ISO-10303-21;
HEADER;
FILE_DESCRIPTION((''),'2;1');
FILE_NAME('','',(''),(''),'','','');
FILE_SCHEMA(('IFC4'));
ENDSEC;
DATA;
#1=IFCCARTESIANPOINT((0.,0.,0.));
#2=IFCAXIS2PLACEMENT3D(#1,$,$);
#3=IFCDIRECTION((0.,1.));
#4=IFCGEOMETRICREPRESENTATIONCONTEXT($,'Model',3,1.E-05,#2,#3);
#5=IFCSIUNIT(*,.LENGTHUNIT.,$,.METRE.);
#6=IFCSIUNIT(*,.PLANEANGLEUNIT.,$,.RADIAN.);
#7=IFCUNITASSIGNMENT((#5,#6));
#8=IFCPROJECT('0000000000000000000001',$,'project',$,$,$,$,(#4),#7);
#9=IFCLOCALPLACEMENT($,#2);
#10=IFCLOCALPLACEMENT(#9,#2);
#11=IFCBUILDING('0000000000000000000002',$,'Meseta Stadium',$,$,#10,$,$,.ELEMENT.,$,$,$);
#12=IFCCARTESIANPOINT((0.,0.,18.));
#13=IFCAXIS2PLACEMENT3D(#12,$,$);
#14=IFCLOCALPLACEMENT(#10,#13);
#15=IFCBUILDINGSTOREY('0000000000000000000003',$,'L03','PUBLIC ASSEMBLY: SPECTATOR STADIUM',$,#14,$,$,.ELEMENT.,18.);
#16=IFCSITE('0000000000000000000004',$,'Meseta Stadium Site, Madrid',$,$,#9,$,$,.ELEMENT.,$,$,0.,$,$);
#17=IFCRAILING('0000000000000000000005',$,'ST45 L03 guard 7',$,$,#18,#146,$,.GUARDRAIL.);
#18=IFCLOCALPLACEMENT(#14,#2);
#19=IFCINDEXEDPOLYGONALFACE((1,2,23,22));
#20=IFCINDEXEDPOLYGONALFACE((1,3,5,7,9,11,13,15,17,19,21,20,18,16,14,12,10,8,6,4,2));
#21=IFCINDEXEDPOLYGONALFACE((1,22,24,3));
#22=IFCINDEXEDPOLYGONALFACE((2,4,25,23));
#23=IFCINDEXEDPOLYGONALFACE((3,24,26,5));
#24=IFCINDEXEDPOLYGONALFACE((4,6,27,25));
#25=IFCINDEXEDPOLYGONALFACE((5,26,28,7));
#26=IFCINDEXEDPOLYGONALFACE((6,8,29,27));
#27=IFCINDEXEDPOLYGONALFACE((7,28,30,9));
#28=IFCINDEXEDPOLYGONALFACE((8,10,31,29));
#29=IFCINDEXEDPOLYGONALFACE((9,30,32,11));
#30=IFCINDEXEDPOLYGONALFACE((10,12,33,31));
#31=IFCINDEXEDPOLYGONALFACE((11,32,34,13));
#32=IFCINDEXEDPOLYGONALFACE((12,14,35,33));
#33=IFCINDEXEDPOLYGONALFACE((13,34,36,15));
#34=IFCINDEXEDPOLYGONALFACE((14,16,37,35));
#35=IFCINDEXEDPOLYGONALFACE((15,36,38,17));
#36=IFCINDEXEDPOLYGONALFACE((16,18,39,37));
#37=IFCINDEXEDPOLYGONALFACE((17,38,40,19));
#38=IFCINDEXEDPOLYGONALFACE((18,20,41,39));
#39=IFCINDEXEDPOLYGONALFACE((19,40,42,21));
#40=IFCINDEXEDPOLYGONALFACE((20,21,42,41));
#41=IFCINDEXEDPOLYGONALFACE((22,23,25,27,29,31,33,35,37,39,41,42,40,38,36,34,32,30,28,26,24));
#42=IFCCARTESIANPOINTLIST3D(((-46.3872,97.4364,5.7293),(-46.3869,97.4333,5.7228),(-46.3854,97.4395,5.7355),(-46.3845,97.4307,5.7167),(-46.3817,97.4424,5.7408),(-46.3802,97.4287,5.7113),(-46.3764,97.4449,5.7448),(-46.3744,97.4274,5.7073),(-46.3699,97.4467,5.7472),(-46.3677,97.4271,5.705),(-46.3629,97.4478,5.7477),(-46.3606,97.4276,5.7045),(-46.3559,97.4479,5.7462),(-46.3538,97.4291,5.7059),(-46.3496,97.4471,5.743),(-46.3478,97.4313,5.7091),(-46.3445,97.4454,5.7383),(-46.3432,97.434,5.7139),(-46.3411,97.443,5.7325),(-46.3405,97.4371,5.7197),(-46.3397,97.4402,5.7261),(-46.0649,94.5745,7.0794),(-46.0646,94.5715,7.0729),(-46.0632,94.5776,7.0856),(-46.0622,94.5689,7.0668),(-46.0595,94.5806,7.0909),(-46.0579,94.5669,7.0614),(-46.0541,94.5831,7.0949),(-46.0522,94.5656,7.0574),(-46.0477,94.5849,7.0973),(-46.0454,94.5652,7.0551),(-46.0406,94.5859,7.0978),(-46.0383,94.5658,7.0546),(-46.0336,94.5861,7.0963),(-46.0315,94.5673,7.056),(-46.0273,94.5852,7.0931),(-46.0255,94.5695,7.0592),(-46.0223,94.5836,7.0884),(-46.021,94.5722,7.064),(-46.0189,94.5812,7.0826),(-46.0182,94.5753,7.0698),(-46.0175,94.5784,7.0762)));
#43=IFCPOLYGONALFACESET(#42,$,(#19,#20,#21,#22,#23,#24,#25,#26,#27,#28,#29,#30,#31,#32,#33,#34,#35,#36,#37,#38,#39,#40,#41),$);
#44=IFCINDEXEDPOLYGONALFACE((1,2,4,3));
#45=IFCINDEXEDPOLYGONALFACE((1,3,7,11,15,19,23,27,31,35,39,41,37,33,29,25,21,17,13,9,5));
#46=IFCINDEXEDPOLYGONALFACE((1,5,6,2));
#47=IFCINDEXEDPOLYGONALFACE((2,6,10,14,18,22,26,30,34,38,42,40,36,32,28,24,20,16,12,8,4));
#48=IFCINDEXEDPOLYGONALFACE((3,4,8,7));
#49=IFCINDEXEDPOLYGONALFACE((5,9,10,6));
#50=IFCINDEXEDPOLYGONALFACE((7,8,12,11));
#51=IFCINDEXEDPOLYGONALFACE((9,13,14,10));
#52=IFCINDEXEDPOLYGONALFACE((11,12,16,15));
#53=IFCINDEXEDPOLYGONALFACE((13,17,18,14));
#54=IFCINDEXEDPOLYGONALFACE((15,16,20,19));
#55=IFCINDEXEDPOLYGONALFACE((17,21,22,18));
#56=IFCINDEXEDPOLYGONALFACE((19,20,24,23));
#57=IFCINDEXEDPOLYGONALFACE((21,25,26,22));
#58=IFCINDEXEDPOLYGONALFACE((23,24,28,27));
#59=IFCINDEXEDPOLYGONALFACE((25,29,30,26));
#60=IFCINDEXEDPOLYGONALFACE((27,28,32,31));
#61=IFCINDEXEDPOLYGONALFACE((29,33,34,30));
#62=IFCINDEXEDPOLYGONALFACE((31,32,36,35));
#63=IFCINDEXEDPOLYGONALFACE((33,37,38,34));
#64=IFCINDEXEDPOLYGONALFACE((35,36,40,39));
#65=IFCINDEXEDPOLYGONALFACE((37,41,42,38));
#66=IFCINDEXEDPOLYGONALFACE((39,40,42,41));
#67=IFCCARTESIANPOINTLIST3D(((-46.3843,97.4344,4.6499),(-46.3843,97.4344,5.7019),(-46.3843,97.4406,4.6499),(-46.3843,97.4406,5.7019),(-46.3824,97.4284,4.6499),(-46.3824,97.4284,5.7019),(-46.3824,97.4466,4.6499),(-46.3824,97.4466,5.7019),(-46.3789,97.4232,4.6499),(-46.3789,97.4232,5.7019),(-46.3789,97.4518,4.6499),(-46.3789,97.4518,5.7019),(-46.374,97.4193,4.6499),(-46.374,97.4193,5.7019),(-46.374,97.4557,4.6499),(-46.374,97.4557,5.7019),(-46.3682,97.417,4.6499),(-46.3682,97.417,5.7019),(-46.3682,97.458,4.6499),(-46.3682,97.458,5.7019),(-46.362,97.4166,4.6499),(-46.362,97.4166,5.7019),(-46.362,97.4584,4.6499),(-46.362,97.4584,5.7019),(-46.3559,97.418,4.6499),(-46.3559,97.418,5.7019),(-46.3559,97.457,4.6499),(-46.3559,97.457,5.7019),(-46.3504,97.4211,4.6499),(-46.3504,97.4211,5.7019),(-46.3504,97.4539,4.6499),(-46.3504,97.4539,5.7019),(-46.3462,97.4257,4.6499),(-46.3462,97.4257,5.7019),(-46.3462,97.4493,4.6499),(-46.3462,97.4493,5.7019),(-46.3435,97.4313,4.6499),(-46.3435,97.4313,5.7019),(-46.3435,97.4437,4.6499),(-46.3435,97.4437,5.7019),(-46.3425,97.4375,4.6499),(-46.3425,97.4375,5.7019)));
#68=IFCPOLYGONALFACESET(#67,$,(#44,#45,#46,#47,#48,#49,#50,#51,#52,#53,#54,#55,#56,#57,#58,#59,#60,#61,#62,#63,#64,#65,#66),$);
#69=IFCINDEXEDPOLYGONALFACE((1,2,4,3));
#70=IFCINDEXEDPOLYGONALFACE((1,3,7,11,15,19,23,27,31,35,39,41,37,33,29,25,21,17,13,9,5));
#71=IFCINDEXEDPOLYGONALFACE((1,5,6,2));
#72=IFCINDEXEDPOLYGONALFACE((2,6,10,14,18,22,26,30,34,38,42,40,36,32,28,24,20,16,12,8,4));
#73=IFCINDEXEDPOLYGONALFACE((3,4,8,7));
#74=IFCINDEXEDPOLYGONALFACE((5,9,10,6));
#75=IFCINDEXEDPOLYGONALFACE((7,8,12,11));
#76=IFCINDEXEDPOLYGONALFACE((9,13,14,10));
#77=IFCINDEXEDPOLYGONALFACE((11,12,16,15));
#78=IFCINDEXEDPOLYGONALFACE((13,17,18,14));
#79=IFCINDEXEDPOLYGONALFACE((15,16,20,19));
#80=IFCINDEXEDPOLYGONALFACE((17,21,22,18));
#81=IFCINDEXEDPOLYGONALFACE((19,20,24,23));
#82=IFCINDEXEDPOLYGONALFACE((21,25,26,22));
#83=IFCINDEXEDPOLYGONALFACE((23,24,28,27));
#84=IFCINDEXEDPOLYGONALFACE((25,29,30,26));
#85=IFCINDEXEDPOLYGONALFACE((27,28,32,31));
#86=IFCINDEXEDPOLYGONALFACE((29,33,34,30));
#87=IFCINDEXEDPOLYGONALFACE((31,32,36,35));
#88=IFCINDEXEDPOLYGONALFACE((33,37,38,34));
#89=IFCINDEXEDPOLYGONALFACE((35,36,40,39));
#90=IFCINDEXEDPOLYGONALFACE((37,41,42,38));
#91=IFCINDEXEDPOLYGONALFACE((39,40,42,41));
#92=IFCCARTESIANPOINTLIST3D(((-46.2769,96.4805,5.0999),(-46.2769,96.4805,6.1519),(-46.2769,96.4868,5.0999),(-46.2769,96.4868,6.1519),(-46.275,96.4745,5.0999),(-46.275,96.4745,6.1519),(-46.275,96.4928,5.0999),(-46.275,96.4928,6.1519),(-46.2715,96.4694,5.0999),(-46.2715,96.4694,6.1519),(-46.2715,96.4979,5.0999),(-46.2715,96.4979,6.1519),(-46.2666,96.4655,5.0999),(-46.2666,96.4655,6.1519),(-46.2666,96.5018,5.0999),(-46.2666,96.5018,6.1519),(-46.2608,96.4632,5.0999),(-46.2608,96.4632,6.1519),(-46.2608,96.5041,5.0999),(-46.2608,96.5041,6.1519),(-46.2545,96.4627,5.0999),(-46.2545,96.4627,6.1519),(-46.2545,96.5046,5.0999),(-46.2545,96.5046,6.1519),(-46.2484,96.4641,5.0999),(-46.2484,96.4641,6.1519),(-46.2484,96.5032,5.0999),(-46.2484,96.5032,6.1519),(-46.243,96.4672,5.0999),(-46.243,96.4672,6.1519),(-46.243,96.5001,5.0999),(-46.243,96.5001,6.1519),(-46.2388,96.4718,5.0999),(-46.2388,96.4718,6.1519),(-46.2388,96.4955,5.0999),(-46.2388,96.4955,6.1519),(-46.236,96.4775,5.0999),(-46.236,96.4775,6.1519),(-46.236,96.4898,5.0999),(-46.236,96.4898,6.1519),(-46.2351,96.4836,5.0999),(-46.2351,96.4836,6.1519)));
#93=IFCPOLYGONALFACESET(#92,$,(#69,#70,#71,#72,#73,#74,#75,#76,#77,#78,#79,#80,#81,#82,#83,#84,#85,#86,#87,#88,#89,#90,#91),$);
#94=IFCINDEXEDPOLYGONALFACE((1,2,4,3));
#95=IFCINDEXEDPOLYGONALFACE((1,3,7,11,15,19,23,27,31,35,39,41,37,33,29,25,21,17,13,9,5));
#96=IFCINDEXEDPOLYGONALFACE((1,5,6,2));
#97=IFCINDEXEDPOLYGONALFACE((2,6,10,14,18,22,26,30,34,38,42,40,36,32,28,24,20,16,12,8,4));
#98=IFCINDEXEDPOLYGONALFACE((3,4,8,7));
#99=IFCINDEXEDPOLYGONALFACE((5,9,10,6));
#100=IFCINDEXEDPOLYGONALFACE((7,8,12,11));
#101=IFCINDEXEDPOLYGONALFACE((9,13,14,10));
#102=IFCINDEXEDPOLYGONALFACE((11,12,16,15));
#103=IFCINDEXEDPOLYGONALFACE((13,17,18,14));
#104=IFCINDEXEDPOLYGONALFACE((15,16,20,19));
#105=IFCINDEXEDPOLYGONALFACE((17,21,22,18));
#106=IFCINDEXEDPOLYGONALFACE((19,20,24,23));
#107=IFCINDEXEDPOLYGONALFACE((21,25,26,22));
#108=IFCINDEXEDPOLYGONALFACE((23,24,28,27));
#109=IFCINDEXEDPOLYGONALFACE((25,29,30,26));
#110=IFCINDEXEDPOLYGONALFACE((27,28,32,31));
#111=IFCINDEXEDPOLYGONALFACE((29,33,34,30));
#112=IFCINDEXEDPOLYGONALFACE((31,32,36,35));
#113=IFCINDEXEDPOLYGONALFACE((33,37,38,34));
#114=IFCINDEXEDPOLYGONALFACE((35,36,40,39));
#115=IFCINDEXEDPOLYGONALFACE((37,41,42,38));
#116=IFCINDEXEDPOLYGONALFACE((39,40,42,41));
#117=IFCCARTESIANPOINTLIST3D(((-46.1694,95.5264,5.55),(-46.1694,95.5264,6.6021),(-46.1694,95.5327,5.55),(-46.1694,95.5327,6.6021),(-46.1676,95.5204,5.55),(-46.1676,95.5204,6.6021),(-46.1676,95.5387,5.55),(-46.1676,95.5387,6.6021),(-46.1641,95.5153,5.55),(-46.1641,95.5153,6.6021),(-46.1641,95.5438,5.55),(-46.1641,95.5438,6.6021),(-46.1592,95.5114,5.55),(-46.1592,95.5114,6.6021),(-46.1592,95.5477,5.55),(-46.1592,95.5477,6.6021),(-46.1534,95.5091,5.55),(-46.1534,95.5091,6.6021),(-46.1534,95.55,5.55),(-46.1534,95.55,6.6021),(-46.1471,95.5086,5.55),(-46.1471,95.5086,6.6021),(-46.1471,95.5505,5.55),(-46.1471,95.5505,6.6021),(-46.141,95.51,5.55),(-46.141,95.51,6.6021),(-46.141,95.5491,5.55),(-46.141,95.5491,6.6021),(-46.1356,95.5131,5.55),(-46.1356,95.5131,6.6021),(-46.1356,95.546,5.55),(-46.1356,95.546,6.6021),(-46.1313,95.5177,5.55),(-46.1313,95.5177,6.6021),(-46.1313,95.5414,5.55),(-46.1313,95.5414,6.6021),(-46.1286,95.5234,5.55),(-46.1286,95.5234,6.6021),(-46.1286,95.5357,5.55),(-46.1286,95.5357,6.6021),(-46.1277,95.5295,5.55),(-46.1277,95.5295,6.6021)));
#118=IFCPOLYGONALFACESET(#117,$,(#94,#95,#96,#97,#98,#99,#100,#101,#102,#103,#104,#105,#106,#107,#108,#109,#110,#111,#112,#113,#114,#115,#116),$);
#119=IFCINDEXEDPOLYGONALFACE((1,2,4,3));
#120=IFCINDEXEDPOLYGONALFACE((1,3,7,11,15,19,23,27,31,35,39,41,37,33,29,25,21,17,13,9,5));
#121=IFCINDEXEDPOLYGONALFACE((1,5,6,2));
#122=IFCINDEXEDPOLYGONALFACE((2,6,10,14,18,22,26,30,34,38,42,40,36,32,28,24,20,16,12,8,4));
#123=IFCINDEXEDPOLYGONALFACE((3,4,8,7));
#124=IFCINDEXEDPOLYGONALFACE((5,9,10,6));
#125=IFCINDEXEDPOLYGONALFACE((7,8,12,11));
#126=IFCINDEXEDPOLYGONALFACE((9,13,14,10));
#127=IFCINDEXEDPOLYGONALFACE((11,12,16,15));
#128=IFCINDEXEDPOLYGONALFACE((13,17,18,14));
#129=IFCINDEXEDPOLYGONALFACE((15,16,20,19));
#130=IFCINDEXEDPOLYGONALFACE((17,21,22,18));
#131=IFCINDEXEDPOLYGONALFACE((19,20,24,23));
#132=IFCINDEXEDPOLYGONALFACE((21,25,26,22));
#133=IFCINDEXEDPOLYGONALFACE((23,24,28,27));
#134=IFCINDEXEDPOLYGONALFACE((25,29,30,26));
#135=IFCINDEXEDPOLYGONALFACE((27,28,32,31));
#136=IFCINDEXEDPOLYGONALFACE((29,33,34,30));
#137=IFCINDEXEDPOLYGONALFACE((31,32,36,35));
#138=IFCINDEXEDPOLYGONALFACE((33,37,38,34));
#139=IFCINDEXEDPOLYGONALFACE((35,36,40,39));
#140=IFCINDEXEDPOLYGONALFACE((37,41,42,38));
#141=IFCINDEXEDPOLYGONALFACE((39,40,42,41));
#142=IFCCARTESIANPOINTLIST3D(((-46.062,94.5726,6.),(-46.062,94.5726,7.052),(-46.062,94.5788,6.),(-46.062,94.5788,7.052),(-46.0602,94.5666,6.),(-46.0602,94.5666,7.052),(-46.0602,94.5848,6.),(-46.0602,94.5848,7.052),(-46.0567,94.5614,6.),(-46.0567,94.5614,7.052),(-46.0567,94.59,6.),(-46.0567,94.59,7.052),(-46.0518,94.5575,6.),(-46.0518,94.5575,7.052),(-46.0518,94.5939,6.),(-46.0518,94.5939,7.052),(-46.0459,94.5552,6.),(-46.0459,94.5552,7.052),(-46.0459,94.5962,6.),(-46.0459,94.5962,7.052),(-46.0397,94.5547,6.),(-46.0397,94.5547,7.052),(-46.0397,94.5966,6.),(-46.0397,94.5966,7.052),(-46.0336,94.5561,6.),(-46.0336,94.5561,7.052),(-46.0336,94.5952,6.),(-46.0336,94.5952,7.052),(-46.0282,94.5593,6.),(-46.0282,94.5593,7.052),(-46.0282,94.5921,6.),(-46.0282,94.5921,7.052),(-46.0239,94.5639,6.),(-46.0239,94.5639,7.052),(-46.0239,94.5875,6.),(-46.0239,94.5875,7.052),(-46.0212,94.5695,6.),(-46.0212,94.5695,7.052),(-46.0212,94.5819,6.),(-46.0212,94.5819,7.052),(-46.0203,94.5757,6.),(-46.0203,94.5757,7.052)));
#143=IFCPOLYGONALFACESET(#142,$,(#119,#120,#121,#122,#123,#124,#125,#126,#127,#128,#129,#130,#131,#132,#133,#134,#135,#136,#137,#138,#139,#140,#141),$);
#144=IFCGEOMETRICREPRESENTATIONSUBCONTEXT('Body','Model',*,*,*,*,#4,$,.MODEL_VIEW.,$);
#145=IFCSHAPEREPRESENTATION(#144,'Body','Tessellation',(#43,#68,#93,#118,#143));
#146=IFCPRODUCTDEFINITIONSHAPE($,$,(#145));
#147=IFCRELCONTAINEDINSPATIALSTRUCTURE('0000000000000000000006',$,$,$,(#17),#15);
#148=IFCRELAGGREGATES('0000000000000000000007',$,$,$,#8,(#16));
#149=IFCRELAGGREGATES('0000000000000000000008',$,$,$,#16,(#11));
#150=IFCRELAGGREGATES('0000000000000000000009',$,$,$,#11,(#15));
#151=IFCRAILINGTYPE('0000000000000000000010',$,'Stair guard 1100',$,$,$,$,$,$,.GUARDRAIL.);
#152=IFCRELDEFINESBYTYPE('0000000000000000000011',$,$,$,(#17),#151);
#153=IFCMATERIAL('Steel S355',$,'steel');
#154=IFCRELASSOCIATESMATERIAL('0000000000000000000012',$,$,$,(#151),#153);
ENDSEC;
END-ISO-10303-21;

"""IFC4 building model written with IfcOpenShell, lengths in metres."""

from ifc_helpers import new_model, si_unit, direction, frame, origin, origin_2d, place, context, subcontext, project, spatial, circle, extrude, material, type_object, element, save


model = new_model("IFC4")

# Units and contexts
model_context = context("Model", 3, precision=1e-05, world=origin(), true_north=direction((0.0, 1.0)))
body_context = subcontext(model_context, "Body", "Model", "MODEL_VIEW")
ifc_project = project(units=[si_unit("LENGTHUNIT", "METRE"), si_unit("PLANEANGLEUNIT", "RADIAN")], contexts=[model_context])

# Site, building, storey
site_placement = place(None, origin())
site = spatial("IfcSite", under=ifc_project, at=site_placement, Name="Meseta Stadium Site, Madrid", CompositionType="ELEMENT", RefElevation=0.0)
building_placement = place(site_placement, origin())
building = spatial("IfcBuilding", under=site, at=building_placement, Name="Meseta Stadium", CompositionType="ELEMENT")
storey_placement = place(building_placement, frame((0.0, 0.0, 18.0)))
storey = spatial("IfcBuildingStorey", under=building, at=storey_placement, Name="L03", Description="PUBLIC ASSEMBLY: SPECTATOR STADIUM", CompositionType="ELEMENT", Elevation=18.0)

# Railing
ifc_material_1 = material(Name="Steel S355", Category="steel")
railing_type_1 = type_object("IfcRailingType", Name="Stair guard 1100", PredefinedType="GUARDRAIL", material=ifc_material_1)
railing_1_placement = place(storey_placement, frame((-46.3635, 97.4375, 4.6499)))
element("IfcRailing", 1, at=railing_1_placement, inside=storey, type_object=railing_type_1, Name="ST45 L03 guard 7", PredefinedType="GUARDRAIL", context=body_context, shape_type="SweptSolid", body=[
    extrude(circle(Radius=0.0239, at=origin_2d()), frame((0.0, 0.0, 1.0762), z_axis=(0.10132, -0.899755, 0.424471), x_axis=(0.993719, 0.111902, 0.0)), (0.0, 0.0, 1.0), 3.1807),
    extrude(circle(Radius=0.021, at=origin_2d()), origin(), (0.0, 0.0, 1.0), 1.052),
    extrude(circle(Radius=0.021, at=origin_2d()), frame((0.1074, -0.9539, 0.45)), (0.0, 0.0, 1.0), 1.052),
    extrude(circle(Radius=0.021, at=origin_2d()), frame((0.2148, -1.908, 0.9001)), (0.0, 0.0, 1.0), 1.052),
    extrude(circle(Radius=0.021, at=origin_2d()), frame((0.3223, -2.8618, 1.3501)), (0.0, 0.0, 1.0), 1.052),
])

save(model, "model.ifc")
